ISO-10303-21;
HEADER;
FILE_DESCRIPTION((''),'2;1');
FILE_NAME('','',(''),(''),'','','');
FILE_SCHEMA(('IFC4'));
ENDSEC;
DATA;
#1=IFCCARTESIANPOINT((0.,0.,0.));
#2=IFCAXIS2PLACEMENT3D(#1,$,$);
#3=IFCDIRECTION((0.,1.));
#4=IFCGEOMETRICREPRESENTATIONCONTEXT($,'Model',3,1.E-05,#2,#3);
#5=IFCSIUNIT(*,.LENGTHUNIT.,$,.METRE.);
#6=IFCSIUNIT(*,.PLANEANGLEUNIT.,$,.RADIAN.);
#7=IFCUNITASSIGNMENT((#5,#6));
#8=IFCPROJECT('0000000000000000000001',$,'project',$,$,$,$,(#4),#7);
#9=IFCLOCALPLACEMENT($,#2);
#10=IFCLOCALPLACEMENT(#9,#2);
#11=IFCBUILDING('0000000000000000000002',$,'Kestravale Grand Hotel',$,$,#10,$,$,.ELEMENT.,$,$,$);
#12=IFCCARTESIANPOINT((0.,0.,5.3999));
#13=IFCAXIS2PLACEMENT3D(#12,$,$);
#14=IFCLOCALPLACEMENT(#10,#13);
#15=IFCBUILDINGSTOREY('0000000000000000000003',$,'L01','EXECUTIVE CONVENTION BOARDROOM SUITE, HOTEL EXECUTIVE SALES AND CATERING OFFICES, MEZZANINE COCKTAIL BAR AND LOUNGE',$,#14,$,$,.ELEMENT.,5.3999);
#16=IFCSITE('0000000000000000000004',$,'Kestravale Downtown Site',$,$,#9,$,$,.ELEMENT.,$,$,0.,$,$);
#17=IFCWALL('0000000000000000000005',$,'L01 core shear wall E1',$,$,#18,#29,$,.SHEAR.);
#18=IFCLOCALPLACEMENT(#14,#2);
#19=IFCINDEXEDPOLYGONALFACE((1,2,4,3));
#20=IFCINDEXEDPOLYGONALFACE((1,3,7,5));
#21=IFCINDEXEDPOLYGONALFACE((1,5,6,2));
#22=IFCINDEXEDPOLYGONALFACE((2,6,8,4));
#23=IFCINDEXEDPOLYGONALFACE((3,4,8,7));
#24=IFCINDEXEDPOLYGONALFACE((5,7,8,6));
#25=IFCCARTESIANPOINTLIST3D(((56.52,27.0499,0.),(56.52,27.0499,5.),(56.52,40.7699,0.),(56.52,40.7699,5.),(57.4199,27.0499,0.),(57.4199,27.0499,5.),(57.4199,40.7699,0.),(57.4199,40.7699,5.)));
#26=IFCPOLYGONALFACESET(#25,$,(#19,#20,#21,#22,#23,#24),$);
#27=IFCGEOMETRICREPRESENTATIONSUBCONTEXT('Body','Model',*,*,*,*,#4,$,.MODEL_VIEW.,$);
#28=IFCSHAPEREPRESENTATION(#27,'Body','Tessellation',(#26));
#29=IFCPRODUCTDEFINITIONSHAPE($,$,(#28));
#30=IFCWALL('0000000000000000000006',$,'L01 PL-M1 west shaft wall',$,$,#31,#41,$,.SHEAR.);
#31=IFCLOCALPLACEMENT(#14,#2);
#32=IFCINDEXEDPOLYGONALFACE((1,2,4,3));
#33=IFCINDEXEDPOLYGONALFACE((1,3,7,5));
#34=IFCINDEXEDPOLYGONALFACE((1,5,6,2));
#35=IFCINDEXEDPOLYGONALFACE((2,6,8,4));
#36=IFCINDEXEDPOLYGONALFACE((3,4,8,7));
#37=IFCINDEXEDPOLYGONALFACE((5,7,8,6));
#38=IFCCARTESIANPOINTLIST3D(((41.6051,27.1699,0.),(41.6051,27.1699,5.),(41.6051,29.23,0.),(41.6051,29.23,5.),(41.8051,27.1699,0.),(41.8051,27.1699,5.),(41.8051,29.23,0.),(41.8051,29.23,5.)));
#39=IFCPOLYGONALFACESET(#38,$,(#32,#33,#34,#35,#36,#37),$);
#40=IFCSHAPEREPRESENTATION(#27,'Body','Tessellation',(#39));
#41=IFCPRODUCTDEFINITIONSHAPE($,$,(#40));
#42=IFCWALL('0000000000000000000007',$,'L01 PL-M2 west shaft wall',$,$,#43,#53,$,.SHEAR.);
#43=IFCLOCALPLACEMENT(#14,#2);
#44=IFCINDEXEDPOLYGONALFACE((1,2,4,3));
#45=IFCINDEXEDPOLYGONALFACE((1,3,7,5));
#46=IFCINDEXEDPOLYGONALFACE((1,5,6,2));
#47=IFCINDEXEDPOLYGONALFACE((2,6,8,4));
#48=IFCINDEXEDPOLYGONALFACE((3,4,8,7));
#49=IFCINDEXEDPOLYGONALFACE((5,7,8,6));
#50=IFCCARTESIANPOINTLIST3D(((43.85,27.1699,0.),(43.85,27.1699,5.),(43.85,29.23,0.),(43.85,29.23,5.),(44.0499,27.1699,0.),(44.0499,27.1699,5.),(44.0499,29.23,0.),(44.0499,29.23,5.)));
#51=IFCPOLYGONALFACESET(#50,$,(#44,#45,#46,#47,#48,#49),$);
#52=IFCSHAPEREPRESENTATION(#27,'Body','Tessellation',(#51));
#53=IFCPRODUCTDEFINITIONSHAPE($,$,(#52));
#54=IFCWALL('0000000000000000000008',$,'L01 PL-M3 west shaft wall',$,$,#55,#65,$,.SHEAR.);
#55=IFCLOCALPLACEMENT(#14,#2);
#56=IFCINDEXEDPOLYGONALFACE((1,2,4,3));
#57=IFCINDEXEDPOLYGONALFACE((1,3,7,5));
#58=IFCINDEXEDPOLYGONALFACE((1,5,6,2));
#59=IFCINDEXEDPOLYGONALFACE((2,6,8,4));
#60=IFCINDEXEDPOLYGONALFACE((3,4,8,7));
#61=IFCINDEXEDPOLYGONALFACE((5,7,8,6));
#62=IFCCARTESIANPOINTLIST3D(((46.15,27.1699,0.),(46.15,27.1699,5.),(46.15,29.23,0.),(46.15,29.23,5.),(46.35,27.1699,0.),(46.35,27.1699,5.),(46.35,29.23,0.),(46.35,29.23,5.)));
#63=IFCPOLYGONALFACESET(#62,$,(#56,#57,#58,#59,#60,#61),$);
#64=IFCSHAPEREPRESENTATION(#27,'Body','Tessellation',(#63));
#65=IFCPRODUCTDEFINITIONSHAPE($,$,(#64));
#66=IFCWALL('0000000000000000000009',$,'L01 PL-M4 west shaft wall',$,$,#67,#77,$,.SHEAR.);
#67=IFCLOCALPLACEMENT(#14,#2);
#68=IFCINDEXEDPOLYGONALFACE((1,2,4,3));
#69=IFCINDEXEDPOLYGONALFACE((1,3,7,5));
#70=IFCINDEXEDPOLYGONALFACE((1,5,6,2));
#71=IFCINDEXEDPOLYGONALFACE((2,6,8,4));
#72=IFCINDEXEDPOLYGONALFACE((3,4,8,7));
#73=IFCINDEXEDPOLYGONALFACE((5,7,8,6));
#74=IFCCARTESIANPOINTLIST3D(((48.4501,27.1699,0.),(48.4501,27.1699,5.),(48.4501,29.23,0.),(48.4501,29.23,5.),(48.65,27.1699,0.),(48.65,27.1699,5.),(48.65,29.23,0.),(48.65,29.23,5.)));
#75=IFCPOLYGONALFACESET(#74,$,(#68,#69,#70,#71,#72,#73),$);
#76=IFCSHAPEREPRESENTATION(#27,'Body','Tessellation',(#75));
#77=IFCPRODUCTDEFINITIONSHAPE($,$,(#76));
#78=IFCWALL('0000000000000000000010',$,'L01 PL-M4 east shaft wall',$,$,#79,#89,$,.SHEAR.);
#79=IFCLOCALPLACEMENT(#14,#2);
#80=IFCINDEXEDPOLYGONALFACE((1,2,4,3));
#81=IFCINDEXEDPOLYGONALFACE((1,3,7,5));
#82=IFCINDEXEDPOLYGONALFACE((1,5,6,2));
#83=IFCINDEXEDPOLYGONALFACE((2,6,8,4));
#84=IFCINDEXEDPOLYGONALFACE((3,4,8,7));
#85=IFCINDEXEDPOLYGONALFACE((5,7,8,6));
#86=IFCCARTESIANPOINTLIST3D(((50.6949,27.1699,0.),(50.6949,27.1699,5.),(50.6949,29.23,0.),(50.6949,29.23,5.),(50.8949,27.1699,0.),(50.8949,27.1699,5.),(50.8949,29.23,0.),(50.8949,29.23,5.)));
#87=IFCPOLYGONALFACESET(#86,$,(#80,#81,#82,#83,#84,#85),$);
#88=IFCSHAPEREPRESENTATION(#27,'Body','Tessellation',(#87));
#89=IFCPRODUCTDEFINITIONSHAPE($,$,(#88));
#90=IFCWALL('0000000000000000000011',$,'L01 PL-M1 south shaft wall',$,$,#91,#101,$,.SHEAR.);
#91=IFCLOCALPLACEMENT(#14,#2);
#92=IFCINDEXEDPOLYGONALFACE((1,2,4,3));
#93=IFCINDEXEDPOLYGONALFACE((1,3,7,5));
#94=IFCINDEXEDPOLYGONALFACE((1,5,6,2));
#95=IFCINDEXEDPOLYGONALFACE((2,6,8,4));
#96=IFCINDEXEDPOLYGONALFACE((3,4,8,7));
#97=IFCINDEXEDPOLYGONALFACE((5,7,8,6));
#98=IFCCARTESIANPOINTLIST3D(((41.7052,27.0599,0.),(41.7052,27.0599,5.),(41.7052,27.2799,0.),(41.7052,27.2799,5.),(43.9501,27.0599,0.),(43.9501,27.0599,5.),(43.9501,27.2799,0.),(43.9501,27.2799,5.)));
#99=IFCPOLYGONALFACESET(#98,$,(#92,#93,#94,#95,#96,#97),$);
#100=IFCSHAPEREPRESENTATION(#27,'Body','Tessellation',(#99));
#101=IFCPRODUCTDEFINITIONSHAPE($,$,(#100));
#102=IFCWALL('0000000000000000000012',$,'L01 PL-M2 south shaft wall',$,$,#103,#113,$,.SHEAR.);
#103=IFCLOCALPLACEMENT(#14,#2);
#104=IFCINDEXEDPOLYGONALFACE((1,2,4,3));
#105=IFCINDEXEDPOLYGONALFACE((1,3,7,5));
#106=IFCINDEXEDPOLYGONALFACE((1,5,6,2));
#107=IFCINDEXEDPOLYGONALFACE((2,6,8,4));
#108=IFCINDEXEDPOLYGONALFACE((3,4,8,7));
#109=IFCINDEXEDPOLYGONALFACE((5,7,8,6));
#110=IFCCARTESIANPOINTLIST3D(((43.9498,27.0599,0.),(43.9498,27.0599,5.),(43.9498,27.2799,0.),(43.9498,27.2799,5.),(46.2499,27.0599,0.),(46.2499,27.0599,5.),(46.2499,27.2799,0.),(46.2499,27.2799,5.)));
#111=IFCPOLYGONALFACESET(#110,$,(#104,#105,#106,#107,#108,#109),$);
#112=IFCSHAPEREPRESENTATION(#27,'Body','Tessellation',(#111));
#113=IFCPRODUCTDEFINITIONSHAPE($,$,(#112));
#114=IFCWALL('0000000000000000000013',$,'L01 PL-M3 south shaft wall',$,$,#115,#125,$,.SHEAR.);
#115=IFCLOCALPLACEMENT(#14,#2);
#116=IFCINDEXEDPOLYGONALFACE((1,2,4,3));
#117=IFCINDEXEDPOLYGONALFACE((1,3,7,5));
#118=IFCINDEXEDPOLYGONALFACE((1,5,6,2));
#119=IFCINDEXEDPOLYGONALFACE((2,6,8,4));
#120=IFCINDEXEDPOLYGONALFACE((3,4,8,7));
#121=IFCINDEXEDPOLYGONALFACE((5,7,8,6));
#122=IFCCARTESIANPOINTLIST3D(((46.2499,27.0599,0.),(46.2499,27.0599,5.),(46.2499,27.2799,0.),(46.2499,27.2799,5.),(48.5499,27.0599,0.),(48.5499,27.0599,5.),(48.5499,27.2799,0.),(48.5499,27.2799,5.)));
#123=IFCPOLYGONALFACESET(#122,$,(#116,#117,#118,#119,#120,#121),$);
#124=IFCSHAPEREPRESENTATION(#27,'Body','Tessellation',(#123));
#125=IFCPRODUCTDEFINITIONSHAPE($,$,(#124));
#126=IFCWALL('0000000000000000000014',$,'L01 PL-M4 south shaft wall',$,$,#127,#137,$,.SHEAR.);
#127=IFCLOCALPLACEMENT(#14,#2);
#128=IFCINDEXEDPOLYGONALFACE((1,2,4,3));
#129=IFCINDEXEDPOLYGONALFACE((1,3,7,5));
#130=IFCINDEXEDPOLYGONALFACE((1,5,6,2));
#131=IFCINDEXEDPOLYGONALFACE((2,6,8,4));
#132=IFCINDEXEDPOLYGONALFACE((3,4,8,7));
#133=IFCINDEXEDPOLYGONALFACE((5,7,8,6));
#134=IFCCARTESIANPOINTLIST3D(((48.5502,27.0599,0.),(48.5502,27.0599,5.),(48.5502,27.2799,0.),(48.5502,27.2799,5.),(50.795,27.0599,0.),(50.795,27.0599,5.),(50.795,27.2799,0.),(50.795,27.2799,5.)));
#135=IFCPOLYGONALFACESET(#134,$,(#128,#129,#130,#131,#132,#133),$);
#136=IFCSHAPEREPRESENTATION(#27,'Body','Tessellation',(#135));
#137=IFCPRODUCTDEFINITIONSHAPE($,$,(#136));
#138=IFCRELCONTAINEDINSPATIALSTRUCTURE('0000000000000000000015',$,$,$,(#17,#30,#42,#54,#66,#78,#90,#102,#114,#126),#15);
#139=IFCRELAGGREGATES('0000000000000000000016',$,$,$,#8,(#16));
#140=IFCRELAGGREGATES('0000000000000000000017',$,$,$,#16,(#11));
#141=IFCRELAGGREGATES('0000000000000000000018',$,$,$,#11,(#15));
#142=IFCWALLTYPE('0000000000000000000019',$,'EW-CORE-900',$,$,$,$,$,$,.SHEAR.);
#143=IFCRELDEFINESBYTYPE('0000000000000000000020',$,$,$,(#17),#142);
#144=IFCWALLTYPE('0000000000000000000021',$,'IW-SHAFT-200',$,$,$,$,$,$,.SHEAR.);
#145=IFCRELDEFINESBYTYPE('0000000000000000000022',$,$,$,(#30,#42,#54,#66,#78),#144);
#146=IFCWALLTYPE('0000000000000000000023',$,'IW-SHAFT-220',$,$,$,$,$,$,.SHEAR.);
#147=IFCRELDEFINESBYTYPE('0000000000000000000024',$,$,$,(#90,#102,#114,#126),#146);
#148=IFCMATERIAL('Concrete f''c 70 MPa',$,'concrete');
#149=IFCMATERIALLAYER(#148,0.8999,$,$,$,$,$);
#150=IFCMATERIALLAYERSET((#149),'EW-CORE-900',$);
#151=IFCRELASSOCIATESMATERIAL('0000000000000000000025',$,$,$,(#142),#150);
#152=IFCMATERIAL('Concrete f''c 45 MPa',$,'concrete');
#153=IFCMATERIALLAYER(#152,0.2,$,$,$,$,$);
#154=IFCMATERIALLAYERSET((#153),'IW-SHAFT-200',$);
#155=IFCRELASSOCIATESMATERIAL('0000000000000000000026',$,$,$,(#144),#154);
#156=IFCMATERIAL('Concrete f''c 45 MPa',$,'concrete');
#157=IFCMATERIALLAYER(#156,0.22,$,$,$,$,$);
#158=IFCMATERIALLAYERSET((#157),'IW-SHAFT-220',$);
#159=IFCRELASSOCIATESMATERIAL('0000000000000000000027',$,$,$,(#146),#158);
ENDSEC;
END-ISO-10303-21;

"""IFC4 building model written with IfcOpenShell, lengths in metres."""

from ifc_helpers import new_model, si_unit, direction, frame, frame_2d, origin, place, context, subcontext, project, spatial, rectangle, extrude, material, layer, layer_set, type_object, element, save


model = new_model("IFC4")

# Units and contexts
model_context = context("Model", 3, precision=1e-05, world=origin(), true_north=direction((0.0, 1.0)))
body_context = subcontext(model_context, "Body", "Model", "MODEL_VIEW")
ifc_project = project(units=[si_unit("LENGTHUNIT", "METRE"), si_unit("PLANEANGLEUNIT", "RADIAN")], contexts=[model_context])

# Site, building, storey
site_placement = place(None, origin())
site = spatial("IfcSite", under=ifc_project, at=site_placement, Name="Kestravale Downtown Site", CompositionType="ELEMENT", RefElevation=0.0)
building_placement = place(site_placement, origin())
building = spatial("IfcBuilding", under=site, at=building_placement, Name="Kestravale Grand Hotel", CompositionType="ELEMENT")
storey_placement = place(building_placement, frame((0.0, 0.0, 5.3999)))
storey = spatial("IfcBuildingStorey", under=building, at=storey_placement, Name="L01", Description="EXECUTIVE CONVENTION BOARDROOM SUITE, HOTEL EXECUTIVE SALES AND CATERING OFFICES, MEZZANINE COCKTAIL BAR AND LOUNGE", CompositionType="ELEMENT", Elevation=5.3999)

# Walls
ifc_material_1 = material(Name="Concrete f'c 70 MPa", Category="concrete")
ifc_layer_1 = layer(ifc_material_1, 0.8999)
ifc_layer_set_1 = layer_set([ifc_layer_1], Name="EW-CORE-900")
wall_type_1 = type_object("IfcWallType", Name="EW-CORE-900", PredefinedType="SHEAR", material=ifc_layer_set_1)
wall_1_placement = place(storey_placement, frame((56.97, 27.05, 0.0), z_axis=(0.0, 0.0, 1.0), x_axis=(0.0, 1.0, 0.0)))
element("IfcWall", 1, at=wall_1_placement, inside=storey, type_object=wall_type_1, Name="L01 core shear wall E1", PredefinedType="SHEAR", context=body_context, shape_type="SweptSolid", body=[
    extrude(rectangle(XDim=13.72, YDim=0.8999, at=frame_2d((6.8599, 0.0))), origin(), (0.0, 0.0, 1.0), 5.0),
])
ifc_material_2 = material(Name="Concrete f'c 45 MPa", Category="concrete")
ifc_layer_2 = layer(ifc_material_2, 0.2)
ifc_layer_set_2 = layer_set([ifc_layer_2], Name="IW-SHAFT-200")
wall_type_2 = type_object("IfcWallType", Name="IW-SHAFT-200", PredefinedType="SHEAR", material=ifc_layer_set_2)
for number, where, z_axis, x_axis, name in (
    (2, (41.7051, 27.1699, 0.0), (0.0, 0.0, 1.0), (0.0, 1.0, 0.0), "L01 PL-M1 west shaft wall"),
    (3, (43.95, 27.1699, 0.0), (0.0, 0.0, 1.0), (0.0, 1.0, 0.0), "L01 PL-M2 west shaft wall"),
    (4, (46.25, 27.1699, 0.0), (0.0, 0.0, 1.0), (0.0, 1.0, 0.0), "L01 PL-M3 west shaft wall"),
    (5, (48.55, 27.1699, 0.0), (0.0, 0.0, 1.0), (0.0, 1.0, 0.0), "L01 PL-M4 west shaft wall"),
    (6, (50.7949, 27.1699, 0.0), (0.0, 0.0, 1.0), (0.0, 1.0, 0.0), "L01 PL-M4 east shaft wall"),
):
    element("IfcWall", number, at=place(storey_placement, frame(where, z_axis=z_axis, x_axis=x_axis)), inside=storey, type_object=wall_type_2, Name=name, PredefinedType="SHEAR", context=body_context, shape_type="SweptSolid", body=[
        extrude(rectangle(XDim=2.0601, YDim=0.2, at=frame_2d((1.03, 0.0))), origin(), (0.0, 0.0, 1.0), 5.0),
    ])
ifc_material_3 = material(Name="Concrete f'c 45 MPa", Category="concrete")
ifc_layer_3 = layer(ifc_material_3, 0.22)
ifc_layer_set_3 = layer_set([ifc_layer_3], Name="IW-SHAFT-220")
wall_type_3 = type_object("IfcWallType", Name="IW-SHAFT-220", PredefinedType="SHEAR", material=ifc_layer_set_3)
wall_2_placement = place(storey_placement, frame((41.7051, 27.1699, 0.0), z_axis=(0.0, 0.0, 1.0), x_axis=(1.0, 0.0, 0.0)))
element("IfcWall", 7, at=wall_2_placement, inside=storey, type_object=wall_type_3, Name="L01 PL-M1 south shaft wall", PredefinedType="SHEAR", context=body_context, shape_type="SweptSolid", body=[
    extrude(rectangle(XDim=2.2449, YDim=0.22, at=frame_2d((1.1226, 0.0))), origin(), (0.0, 0.0, 1.0), 5.0),
])
for number, where, z_axis, x_axis, name in (
    (8, (43.95, 27.1699, 0.0), (0.0, 0.0, 1.0), (1.0, 0.0, 0.0), "L01 PL-M2 south shaft wall"),
    (9, (46.25, 27.1699, 0.0), (0.0, 0.0, 1.0), (1.0, 0.0, 0.0), "L01 PL-M3 south shaft wall"),
):
    element("IfcWall", number, at=place(storey_placement, frame(where, z_axis=z_axis, x_axis=x_axis)), inside=storey, type_object=wall_type_3, Name=name, PredefinedType="SHEAR", context=body_context, shape_type="SweptSolid", body=[
        extrude(rectangle(XDim=2.3, YDim=0.22, at=frame_2d((1.1499, 0.0))), origin(), (0.0, 0.0, 1.0), 5.0),
    ])
wall_3_placement = place(storey_placement, frame((48.55, 27.1699, 0.0), z_axis=(0.0, 0.0, 1.0), x_axis=(1.0, 0.0, 0.0)))
element("IfcWall", 10, at=wall_3_placement, inside=storey, type_object=wall_type_3, Name="L01 PL-M4 south shaft wall", PredefinedType="SHEAR", context=body_context, shape_type="SweptSolid", body=[
    extrude(rectangle(XDim=2.2449, YDim=0.22, at=frame_2d((1.1226, 0.0))), origin(), (0.0, 0.0, 1.0), 5.0),
])

save(model, "model.ifc")
